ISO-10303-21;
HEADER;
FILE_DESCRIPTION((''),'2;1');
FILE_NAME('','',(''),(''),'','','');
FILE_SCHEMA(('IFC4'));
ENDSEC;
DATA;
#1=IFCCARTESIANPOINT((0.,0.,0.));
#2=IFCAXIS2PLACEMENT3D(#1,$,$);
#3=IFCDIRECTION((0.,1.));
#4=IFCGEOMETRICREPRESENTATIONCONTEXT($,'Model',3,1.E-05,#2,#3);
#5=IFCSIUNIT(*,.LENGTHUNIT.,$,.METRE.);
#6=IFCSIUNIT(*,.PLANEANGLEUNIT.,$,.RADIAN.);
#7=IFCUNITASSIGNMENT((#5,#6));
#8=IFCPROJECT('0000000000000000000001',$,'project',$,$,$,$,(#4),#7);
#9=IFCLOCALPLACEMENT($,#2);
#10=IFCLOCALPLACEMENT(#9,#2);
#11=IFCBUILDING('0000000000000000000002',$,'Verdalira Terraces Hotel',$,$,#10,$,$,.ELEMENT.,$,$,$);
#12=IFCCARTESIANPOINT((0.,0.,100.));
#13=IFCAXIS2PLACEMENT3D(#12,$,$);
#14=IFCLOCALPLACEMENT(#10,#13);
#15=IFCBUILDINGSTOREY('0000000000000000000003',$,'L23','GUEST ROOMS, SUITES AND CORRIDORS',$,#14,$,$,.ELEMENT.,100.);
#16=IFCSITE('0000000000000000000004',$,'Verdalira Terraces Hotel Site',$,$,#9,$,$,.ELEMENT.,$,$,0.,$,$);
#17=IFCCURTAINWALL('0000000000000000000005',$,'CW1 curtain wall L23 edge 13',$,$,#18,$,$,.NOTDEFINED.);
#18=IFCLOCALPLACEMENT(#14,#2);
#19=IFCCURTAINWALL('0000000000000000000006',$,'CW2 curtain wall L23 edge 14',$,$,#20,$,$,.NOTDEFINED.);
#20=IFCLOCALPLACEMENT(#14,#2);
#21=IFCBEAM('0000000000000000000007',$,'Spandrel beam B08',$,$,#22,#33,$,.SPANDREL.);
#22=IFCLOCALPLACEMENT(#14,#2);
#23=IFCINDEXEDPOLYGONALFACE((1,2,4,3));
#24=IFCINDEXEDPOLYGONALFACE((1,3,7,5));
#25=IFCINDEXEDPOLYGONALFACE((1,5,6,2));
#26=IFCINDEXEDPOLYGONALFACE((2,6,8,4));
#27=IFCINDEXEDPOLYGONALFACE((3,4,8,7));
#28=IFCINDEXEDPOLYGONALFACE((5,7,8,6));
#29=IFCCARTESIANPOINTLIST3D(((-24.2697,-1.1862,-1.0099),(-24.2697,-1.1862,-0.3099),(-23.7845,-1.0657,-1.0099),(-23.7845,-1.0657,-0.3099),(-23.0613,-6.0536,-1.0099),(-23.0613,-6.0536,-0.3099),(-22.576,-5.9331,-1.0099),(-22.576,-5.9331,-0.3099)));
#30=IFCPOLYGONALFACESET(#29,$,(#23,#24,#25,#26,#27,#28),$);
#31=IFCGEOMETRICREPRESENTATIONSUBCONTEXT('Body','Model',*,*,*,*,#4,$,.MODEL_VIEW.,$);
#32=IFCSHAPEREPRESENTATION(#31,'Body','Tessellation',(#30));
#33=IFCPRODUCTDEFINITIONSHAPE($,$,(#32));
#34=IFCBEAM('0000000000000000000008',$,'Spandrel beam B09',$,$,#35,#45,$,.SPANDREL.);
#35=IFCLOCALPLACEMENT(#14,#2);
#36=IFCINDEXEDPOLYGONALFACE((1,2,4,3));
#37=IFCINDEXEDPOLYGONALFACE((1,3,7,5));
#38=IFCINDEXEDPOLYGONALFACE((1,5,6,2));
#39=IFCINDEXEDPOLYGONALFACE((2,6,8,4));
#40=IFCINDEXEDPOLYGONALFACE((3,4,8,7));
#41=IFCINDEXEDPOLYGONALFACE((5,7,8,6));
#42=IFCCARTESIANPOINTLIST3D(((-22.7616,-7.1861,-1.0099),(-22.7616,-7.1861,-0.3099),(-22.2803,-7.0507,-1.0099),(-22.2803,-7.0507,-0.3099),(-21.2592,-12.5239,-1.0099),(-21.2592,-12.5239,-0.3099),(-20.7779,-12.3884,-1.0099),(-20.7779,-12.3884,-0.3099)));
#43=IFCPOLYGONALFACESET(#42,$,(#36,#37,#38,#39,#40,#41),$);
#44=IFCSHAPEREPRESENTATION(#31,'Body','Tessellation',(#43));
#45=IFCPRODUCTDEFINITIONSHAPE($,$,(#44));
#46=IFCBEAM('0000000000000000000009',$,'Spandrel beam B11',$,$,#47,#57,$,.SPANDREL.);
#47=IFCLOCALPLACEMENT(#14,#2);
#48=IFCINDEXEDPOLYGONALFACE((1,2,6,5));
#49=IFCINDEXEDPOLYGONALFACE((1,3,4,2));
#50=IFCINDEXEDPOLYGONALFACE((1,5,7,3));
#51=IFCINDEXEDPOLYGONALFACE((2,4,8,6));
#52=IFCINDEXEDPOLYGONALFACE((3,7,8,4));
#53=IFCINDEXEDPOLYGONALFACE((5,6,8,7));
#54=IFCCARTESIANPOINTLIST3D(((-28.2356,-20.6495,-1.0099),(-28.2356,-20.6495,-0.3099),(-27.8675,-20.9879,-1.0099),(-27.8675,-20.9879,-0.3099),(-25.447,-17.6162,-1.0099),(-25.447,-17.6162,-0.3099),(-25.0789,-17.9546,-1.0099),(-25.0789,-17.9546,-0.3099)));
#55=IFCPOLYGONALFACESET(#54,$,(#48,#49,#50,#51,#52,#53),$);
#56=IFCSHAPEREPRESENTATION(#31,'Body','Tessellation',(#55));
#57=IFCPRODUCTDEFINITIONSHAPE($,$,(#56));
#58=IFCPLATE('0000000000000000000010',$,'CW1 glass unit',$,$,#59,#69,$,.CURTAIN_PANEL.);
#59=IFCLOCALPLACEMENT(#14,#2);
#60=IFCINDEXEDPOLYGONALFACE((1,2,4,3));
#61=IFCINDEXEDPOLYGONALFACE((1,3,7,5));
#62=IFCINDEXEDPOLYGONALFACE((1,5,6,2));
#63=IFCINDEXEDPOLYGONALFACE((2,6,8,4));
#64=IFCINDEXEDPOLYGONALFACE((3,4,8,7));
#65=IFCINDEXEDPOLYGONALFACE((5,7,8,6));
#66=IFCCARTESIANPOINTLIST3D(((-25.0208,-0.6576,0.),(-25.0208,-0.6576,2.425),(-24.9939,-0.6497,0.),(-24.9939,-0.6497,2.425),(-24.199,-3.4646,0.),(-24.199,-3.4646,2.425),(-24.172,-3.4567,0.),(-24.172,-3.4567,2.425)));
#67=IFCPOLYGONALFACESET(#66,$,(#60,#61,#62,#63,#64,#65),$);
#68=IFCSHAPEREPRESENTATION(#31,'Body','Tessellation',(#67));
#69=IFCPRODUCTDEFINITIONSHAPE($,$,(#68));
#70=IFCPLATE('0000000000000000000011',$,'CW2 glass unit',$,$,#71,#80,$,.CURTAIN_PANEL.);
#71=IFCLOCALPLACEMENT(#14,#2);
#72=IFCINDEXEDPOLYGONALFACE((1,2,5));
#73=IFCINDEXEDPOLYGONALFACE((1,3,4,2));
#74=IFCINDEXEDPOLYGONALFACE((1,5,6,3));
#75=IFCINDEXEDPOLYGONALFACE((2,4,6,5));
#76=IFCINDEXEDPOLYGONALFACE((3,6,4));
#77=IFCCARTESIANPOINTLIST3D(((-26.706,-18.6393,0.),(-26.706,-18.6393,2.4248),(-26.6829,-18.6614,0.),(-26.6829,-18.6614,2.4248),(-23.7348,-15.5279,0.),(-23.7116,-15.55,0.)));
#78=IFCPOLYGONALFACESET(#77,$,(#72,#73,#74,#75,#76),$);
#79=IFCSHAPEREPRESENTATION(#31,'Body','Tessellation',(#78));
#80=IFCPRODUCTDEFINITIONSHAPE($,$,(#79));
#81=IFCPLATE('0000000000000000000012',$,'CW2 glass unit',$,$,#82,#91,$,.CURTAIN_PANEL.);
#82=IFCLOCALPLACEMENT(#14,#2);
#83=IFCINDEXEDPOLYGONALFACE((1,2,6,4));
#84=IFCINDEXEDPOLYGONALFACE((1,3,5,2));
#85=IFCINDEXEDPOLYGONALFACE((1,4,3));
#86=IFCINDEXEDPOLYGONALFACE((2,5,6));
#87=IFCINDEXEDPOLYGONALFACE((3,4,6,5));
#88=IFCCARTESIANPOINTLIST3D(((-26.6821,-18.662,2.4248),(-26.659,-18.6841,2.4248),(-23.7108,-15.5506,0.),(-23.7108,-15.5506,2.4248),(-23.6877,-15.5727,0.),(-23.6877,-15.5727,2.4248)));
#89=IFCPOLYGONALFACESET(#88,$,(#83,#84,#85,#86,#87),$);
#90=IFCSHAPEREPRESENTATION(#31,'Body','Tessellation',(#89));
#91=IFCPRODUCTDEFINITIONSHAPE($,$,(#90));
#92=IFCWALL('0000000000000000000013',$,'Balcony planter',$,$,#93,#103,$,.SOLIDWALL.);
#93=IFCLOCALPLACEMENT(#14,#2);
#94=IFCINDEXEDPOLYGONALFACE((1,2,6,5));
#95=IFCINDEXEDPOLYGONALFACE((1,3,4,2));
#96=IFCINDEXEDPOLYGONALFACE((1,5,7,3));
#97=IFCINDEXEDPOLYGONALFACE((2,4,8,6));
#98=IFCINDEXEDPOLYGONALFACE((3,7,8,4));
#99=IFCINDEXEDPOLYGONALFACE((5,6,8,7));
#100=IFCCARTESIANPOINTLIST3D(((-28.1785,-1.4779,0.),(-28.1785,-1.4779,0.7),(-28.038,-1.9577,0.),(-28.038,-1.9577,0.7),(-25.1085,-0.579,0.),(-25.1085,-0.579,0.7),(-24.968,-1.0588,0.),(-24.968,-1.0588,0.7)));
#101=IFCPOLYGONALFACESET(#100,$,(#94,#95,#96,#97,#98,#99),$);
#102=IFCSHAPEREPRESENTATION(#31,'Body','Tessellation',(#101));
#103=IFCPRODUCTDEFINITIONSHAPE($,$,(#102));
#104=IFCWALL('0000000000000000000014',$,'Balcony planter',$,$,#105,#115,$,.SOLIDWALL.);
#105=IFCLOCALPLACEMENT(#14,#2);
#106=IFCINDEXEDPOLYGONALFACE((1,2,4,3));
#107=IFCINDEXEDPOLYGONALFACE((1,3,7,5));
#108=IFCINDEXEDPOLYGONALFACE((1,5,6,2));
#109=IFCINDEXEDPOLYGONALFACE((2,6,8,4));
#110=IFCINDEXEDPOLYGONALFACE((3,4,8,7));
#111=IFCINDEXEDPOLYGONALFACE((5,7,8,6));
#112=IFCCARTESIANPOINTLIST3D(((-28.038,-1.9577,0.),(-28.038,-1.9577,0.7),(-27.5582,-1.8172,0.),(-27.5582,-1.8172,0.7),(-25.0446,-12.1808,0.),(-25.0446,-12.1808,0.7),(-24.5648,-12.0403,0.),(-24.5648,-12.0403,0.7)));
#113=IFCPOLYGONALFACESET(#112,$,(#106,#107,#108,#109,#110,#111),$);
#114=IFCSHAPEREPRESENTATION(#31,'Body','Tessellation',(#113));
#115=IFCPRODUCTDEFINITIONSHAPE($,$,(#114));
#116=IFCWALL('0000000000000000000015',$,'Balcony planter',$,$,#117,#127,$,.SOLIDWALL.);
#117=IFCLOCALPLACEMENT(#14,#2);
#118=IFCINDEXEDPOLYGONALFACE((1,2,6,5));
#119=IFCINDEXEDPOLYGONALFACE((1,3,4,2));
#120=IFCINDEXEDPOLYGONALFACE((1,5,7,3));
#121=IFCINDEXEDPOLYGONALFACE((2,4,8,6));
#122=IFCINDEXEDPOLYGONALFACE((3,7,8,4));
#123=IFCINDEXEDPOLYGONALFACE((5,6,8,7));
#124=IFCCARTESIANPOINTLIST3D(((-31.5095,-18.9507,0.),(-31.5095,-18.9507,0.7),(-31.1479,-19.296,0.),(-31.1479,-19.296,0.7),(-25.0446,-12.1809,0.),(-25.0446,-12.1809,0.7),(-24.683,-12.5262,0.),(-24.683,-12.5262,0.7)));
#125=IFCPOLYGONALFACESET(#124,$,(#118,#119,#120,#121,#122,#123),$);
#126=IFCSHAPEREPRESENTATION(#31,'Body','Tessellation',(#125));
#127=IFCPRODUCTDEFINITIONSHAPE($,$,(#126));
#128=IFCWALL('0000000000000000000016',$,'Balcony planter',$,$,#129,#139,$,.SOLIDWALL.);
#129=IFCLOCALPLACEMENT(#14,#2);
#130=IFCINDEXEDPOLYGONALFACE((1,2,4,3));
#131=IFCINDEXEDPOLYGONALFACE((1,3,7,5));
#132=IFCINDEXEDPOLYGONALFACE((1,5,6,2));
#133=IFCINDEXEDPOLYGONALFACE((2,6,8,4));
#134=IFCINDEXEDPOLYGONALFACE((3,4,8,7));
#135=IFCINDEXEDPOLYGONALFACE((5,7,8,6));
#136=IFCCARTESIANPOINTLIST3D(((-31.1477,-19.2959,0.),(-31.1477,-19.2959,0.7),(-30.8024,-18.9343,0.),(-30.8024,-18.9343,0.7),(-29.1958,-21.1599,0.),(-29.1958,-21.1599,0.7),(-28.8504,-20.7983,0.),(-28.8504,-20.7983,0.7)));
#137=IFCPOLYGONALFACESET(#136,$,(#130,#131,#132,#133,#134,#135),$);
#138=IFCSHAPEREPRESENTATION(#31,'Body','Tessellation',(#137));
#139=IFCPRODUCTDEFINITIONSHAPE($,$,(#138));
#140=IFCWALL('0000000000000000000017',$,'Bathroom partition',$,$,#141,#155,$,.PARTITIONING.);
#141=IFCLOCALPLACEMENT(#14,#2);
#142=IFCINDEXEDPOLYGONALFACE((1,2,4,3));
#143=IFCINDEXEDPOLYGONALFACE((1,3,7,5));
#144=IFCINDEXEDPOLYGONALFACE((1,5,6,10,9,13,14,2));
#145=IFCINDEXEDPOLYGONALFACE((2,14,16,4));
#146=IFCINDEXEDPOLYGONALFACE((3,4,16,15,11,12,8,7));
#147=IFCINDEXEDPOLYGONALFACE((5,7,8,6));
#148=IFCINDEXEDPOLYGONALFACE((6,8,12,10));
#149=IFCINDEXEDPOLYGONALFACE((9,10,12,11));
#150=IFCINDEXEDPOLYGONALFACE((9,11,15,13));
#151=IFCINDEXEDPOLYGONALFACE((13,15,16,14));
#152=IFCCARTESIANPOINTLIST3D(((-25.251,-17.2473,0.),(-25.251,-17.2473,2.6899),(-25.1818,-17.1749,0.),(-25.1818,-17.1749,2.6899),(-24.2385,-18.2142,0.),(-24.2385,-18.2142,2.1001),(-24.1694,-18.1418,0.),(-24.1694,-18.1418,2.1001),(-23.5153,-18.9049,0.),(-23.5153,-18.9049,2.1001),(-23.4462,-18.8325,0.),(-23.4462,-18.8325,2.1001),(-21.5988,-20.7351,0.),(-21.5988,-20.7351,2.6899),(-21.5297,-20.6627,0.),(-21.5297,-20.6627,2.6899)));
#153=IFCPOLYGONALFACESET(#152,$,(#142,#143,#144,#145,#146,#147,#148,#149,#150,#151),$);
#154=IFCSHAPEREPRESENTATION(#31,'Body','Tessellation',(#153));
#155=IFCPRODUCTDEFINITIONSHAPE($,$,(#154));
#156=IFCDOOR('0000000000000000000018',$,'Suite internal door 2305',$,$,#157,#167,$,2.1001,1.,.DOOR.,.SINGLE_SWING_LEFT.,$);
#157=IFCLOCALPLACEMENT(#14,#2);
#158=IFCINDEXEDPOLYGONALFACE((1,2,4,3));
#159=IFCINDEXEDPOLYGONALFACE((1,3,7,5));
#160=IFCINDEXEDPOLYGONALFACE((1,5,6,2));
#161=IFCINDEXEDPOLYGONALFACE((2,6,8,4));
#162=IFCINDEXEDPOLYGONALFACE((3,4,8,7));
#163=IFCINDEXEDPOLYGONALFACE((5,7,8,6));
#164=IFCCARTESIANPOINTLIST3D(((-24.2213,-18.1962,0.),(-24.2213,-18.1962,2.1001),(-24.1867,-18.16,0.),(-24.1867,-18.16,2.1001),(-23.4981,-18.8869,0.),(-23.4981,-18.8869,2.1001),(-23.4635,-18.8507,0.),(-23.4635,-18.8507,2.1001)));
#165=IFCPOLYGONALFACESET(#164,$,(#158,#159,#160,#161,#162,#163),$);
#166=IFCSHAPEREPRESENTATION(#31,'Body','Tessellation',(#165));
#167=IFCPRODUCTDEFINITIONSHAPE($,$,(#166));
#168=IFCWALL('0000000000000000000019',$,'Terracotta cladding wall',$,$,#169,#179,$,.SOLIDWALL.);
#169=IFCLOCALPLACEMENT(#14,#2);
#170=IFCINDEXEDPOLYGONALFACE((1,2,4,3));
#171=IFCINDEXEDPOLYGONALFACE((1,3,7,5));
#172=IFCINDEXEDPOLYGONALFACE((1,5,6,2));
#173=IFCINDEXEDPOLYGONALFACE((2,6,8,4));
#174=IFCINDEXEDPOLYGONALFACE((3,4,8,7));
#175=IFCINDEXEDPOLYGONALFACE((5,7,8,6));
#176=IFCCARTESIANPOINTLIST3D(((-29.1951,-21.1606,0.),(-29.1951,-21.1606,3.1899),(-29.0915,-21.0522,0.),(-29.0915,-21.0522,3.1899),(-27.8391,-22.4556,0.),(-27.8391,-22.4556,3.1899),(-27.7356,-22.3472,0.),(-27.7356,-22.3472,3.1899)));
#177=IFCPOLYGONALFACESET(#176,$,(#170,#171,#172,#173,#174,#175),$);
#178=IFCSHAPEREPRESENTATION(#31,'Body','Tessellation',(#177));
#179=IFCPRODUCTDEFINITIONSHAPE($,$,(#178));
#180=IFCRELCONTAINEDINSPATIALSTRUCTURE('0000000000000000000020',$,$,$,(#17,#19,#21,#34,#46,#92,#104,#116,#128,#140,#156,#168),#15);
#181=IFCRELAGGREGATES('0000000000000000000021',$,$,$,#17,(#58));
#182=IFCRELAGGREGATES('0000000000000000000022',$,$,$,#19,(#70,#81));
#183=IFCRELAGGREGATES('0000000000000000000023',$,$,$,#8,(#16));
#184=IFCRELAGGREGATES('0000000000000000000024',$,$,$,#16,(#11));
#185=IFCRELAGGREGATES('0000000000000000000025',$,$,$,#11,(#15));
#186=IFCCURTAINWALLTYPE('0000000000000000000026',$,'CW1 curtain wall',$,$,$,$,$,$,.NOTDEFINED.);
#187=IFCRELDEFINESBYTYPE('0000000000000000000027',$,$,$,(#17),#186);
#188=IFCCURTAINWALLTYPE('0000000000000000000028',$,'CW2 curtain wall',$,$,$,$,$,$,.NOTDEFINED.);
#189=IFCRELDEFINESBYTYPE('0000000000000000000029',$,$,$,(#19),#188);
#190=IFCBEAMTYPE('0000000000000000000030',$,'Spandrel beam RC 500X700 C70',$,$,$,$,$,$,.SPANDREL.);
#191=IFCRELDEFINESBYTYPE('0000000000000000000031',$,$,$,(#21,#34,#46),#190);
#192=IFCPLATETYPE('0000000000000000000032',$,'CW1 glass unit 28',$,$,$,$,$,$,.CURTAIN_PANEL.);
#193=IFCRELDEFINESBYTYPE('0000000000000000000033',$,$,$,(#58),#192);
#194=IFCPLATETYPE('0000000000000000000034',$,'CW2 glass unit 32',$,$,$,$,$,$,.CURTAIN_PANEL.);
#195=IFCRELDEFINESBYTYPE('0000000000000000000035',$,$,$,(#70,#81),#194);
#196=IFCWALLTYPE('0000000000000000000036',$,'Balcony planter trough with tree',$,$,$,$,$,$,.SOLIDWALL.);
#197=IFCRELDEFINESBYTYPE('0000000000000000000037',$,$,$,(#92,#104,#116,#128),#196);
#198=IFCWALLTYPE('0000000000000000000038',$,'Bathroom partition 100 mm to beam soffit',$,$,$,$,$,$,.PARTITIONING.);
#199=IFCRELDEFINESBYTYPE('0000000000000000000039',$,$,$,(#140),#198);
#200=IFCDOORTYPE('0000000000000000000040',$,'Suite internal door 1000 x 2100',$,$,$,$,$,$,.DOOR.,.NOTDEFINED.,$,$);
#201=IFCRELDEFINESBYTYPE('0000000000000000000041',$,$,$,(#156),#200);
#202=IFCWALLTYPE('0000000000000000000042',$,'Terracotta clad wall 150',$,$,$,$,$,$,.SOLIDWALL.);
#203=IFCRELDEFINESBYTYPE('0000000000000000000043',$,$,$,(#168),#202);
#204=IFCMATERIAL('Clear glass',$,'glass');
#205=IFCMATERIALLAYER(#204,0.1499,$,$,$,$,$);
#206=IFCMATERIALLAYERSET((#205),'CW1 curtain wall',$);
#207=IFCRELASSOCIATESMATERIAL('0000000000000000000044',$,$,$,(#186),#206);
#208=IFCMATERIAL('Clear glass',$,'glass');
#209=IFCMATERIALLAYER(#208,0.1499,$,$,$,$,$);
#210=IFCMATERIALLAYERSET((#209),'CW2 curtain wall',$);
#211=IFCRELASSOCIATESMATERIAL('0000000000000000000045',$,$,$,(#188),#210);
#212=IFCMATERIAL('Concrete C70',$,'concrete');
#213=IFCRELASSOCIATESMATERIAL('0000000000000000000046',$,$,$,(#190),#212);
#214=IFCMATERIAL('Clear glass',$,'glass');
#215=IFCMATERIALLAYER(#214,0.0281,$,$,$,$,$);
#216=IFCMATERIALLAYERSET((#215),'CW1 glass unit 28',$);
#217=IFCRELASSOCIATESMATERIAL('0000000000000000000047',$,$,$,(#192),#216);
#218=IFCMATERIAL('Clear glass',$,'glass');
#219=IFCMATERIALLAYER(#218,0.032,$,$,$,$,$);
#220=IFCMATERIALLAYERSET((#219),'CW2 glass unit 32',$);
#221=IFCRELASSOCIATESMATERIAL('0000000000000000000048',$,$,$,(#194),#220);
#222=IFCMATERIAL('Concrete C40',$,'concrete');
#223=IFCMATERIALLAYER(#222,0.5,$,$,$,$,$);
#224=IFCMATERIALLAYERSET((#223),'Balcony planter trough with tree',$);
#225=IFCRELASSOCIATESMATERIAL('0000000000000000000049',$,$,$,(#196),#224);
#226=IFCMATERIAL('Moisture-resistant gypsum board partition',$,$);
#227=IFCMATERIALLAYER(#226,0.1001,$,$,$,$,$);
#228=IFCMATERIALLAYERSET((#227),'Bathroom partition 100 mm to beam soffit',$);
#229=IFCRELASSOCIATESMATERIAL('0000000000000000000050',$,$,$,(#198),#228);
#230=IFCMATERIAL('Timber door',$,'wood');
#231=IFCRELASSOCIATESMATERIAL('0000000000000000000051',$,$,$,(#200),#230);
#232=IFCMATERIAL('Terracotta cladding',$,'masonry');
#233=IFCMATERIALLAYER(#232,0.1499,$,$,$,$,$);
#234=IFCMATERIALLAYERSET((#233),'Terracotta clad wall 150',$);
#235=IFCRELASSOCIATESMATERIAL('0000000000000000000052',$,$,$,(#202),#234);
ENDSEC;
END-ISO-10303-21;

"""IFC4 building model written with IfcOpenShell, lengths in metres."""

from ifc_helpers import new_model, si_unit, direction, frame, frame_2d, origin, origin_2d, place, context, subcontext, project, spatial, polyline, rectangle, outline, extrude, material, layer, layer_set, material_profile, profile_set, type_object, element, fill, aggregate, save


model = new_model("IFC4")

# Units and contexts
model_context = context("Model", 3, precision=1e-05, world=origin(), true_north=direction((0.0, 1.0)))
body_context = subcontext(model_context, "Body", "Model", "MODEL_VIEW")
ifc_project = project(units=[si_unit("LENGTHUNIT", "METRE"), si_unit("PLANEANGLEUNIT", "RADIAN")], contexts=[model_context])

# Site, building, storey
site_placement = place(None, origin())
site = spatial("IfcSite", under=ifc_project, at=site_placement, Name="Verdalira Terraces Hotel Site", CompositionType="ELEMENT", RefElevation=0.0)
building_placement = place(site_placement, origin())
building = spatial("IfcBuilding", under=site, at=building_placement, Name="Verdalira Terraces Hotel", CompositionType="ELEMENT")
storey_placement = place(building_placement, frame((0.0, 0.0, 100.0)))
storey = spatial("IfcBuildingStorey", under=building, at=storey_placement, Name="L23", Description="GUEST ROOMS, SUITES AND CORRIDORS", CompositionType="ELEMENT", Elevation=100.0)

# Curtain wall
ifc_material_1 = material(Name="Clear glass", Category="glass")
ifc_layer_1 = layer(ifc_material_1, 0.1499)
ifc_layer_set_1 = layer_set([ifc_layer_1], Name="CW1 curtain wall")
curtain_wall_type_1 = type_object("IfcCurtainWallType", Name="CW1 curtain wall", PredefinedType="NOTDEFINED", material=ifc_layer_set_1)
curtain_wall_1_placement = place(storey_placement, origin())
curtain_wall_1 = element("IfcCurtainWall", 1, at=curtain_wall_1_placement, inside=storey, type_object=curtain_wall_type_1, Name="CW1 curtain wall L23 edge 13", PredefinedType="NOTDEFINED")

# Curtain wall
ifc_material_2 = material(Name="Clear glass", Category="glass")
ifc_layer_2 = layer(ifc_material_2, 0.1499)
ifc_layer_set_2 = layer_set([ifc_layer_2], Name="CW2 curtain wall")
curtain_wall_type_2 = type_object("IfcCurtainWallType", Name="CW2 curtain wall", PredefinedType="NOTDEFINED", material=ifc_layer_set_2)
curtain_wall_2_placement = place(storey_placement, origin())
curtain_wall_2 = element("IfcCurtainWall", 2, at=curtain_wall_2_placement, inside=storey, type_object=curtain_wall_type_2, Name="CW2 curtain wall L23 edge 14", PredefinedType="NOTDEFINED")

# Beams
ifc_material_3 = material(Name="Concrete C70", Category="concrete")
ifc_material_profile_1 = material_profile(ifc_material_3, rectangle(XDim=0.5, YDim=0.7, at=origin_2d()), Name="RC 500X700")
ifc_profile_set_1 = profile_set([ifc_material_profile_1], Name="Concrete C70")
beam_type_1 = type_object("IfcBeamType", Name="Spandrel beam RC 500X700 C70", PredefinedType="SPANDREL", material=ifc_profile_set_1)
beam_1_placement = place(storey_placement, frame((-24.0271, -1.126, -0.6599), z_axis=(0.240966, -0.970534, 0.0), x_axis=(0.970534, 0.240966, 0.0)))
element("IfcBeam", 3, at=beam_1_placement, inside=storey, type_object=beam_type_1, Name="Spandrel beam B08", PredefinedType="SPANDREL", context=body_context, shape_type="SweptSolid", body=[
    extrude(rectangle(XDim=0.5, YDim=0.7, at=origin_2d()), origin(), (0.0, 0.0, 1.0), 5.0151),
])
beam_2_placement = place(storey_placement, frame((-22.521, -7.1184, -0.6599), z_axis=(0.270951, -0.962593, 0.0), x_axis=(0.962593, 0.270951, 0.0)))
element("IfcBeam", 4, at=beam_2_placement, inside=storey, type_object=beam_type_1, Name="Spandrel beam B09", PredefinedType="SPANDREL", context=body_context, shape_type="SweptSolid", body=[
    extrude(rectangle(XDim=0.5, YDim=0.7, at=origin_2d()), origin(), (0.0, 0.0, 1.0), 5.5452),
])
beam_3_placement = place(storey_placement, frame((-25.2629, -17.7854, -0.6599), z_axis=(-0.676797, -0.73617, 0.0), x_axis=(0.73617, -0.676797, 0.0)))
element("IfcBeam", 5, at=beam_3_placement, inside=storey, type_object=beam_type_1, Name="Spandrel beam B11", PredefinedType="SPANDREL", context=body_context, shape_type="SweptSolid", body=[
    extrude(rectangle(XDim=0.5, YDim=0.7, at=origin_2d()), origin(), (0.0, 0.0, 1.0), 4.1204),
])

# Plates
ifc_material_4 = material(Name="Clear glass", Category="glass")
ifc_layer_3 = layer(ifc_material_4, 0.0281)
ifc_layer_set_3 = layer_set([ifc_layer_3], Name="CW1 glass unit 28")
plate_type_1 = type_object("IfcPlateType", Name="CW1 glass unit 28", PredefinedType="CURTAIN_PANEL", material=ifc_layer_set_3)
plate_1_placement = place(storey_placement, frame((-24.5964, -2.0571, 0.0), z_axis=(0.0, 0.0, 1.0), x_axis=(0.281002, -0.959707, 0.0)))
plate_1 = element("IfcPlate", 6, at=plate_1_placement, type_object=plate_type_1, Name="CW1 glass unit", PredefinedType="CURTAIN_PANEL", context=body_context, shape_type="SweptSolid", body=[
    extrude(rectangle(XDim=2.9248, YDim=0.0281, at=origin_2d()), origin(), (0.0, 0.0, 1.0), 2.425),
])
aggregate(curtain_wall_1, [plate_1])
ifc_material_5 = material(Name="Clear glass", Category="glass")
ifc_layer_4 = layer(ifc_material_5, 0.032)
ifc_layer_set_4 = layer_set([ifc_layer_4], Name="CW2 glass unit 32")
plate_type_2 = type_object("IfcPlateType", Name="CW2 glass unit 32", PredefinedType="CURTAIN_PANEL", material=ifc_layer_set_4)
plate_2_placement = place(storey_placement, frame((-25.1973, -17.1057, 1.2124), z_axis=(-0.723208, 0.69063, 0.0), x_axis=(-0.69063, -0.723208, 0.0)))
plate_2 = element("IfcPlate", 7, at=plate_2_placement, type_object=plate_type_2, Name="CW2 glass unit", PredefinedType="CURTAIN_PANEL", context=body_context, shape_type="SweptSolid", body=[
    extrude(outline(polyline([(-2.1511, -1.2124), (2.1511, -1.2124), (2.1511, 1.2124), (-2.1511, -1.2124)])), origin(), (0.0, 0.0, 1.0), 0.032),
])
plate_3_placement = place(storey_placement, frame((-25.1733, -17.1284, 1.2124), z_axis=(-0.723208, 0.69063, 0.0), x_axis=(-0.69063, -0.723208, 0.0)))
plate_3 = element("IfcPlate", 8, at=plate_3_placement, type_object=plate_type_2, Name="CW2 glass unit", PredefinedType="CURTAIN_PANEL", context=body_context, shape_type="SweptSolid", body=[
    extrude(outline(polyline([(-2.1511, -1.2124), (2.1511, 1.2124), (-2.1511, 1.2124), (-2.1511, -1.2124)])), origin(), (0.0, 0.0, 1.0), 0.032),
])
aggregate(curtain_wall_2, [plate_2, plate_3])

# Walls
ifc_material_6 = material(Name="Concrete C40", Category="concrete")
ifc_layer_5 = layer(ifc_material_6, 0.5)
ifc_layer_set_5 = layer_set([ifc_layer_5], Name="Balcony planter trough with tree")
wall_type_1 = type_object("IfcWallType", Name="Balcony planter trough with tree", PredefinedType="SOLIDWALL", material=ifc_layer_set_5)
wall_1_placement = place(storey_placement, frame((-25.0381, -0.8188, 0.0), z_axis=(0.0, 0.0, 1.0), x_axis=(-0.959706, -0.281005, 0.0)))
element("IfcWall", 9, at=wall_1_placement, inside=storey, type_object=wall_type_1, Name="Balcony planter", PredefinedType="SOLIDWALL", context=body_context, shape_type="SweptSolid", body=[
    extrude(rectangle(XDim=3.199, YDim=0.5, at=frame_2d((1.5996, 0.0))), origin(), (0.0, 0.0, 1.0), 0.7),
])
wall_2_placement = place(storey_placement, frame((-27.7981, -1.8875, 0.0), z_axis=(0.0, 0.0, 1.0), x_axis=(0.281008, -0.959705, 0.0)))
element("IfcWall", 10, at=wall_2_placement, inside=storey, type_object=wall_type_1, Name="Balcony planter", PredefinedType="SOLIDWALL", context=body_context, shape_type="SweptSolid", body=[
    extrude(rectangle(XDim=10.6523, YDim=0.5, at=frame_2d((5.3262, 0.0))), origin(), (0.0, 0.0, 1.0), 0.7),
])
wall_3_placement = place(storey_placement, frame((-24.8638, -12.3535, 0.0), z_axis=(0.0, 0.0, 1.0), x_axis=(-0.690631, -0.723207, 0.0)))
element("IfcWall", 11, at=wall_3_placement, inside=storey, type_object=wall_type_1, Name="Balcony planter", PredefinedType="SOLIDWALL", context=body_context, shape_type="SweptSolid", body=[
    extrude(rectangle(XDim=9.3608, YDim=0.5, at=frame_2d((4.6804, 0.0))), origin(), (0.0, 0.0, 1.0), 0.7),
])
wall_4_placement = place(storey_placement, frame((-30.9751, -19.115, 0.0), z_axis=(0.0, 0.0, 1.0), x_axis=(0.723202, -0.690637, 0.0)))
element("IfcWall", 12, at=wall_4_placement, inside=storey, type_object=wall_type_1, Name="Balcony planter", PredefinedType="SOLIDWALL", context=body_context, shape_type="SweptSolid", body=[
    extrude(rectangle(XDim=2.699, YDim=0.5, at=frame_2d((1.3496, 0.0))), origin(), (0.0, 0.0, 1.0), 0.7),
])

# Wall, opening, door
ifc_material_7 = material(Name="Moisture-resistant gypsum board partition")
ifc_layer_6 = layer(ifc_material_7, 0.1001)
ifc_layer_set_6 = layer_set([ifc_layer_6], Name="Bathroom partition 100 mm to beam soffit")
wall_type_2 = type_object("IfcWallType", Name="Bathroom partition 100 mm to beam soffit", PredefinedType="PARTITIONING", material=ifc_layer_set_6)
wall_5_placement = place(storey_placement, frame((-25.2163, -17.2112, 0.0), z_axis=(0.0, 0.0, 1.0), x_axis=(0.723188, -0.690652, 0.0)))
wall_5 = element("IfcWall", 13, at=wall_5_placement, inside=storey, type_object=wall_type_2, Name="Bathroom partition", PredefinedType="PARTITIONING", context=body_context, shape_type="SweptSolid", body=[
    extrude(rectangle(XDim=5.05, YDim=0.1001, at=frame_2d((2.5249, 0.0))), origin(), (0.0, 0.0, 1.0), 2.6899),
])
opening_1_placement = place(wall_5_placement, frame((1.3999, 0.0, 0.0)))
opening_1 = element("IfcOpeningElement", 14, at=opening_1_placement, cuts=wall_5, PredefinedType="OPENING", context=body_context, shape_type="SweptSolid", body=[
    extrude(rectangle(XDim=1.0, YDim=2.1001, at=frame_2d((0.5, 1.05))), frame((0.0, 0.0601, 0.0), z_axis=(0.0, -1.0, 0.0), x_axis=(1.0, 0.0, 0.0)), (0.0, 0.0, 1.0), 0.1201),
])
ifc_material_8 = material(Name="Timber door", Category="wood")
door_type_1 = type_object("IfcDoorType", Name="Suite internal door 1000 x 2100", OperationType="NOTDEFINED", PredefinedType="DOOR", material=ifc_material_8)
door_1_placement = place(opening_1_placement, origin())
door_1 = element("IfcDoor", 15, at=door_1_placement, inside=storey, type_object=door_type_1, Name="Suite internal door 2305", OperationType="SINGLE_SWING_LEFT", OverallHeight=2.1001, OverallWidth=1.0, PredefinedType="DOOR", context=body_context, shape_type="SweptSolid", body=[
    extrude(rectangle(XDim=1.0, YDim=2.1001, at=frame_2d((0.5, 1.05))), frame((0.0, 0.0249, 0.0), z_axis=(0.0, -1.0, 0.0), x_axis=(1.0, 0.0, 0.0)), (0.0, 0.0, 1.0), 0.05),
])
fill(opening_1, door_1)

# Wall
ifc_material_9 = material(Name="Terracotta cladding", Category="masonry")
ifc_layer_7 = layer(ifc_material_9, 0.1499)
ifc_layer_set_7 = layer_set([ifc_layer_7], Name="Terracotta clad wall 150")
wall_type_3 = type_object("IfcWallType", Name="Terracotta clad wall 150", PredefinedType="SOLIDWALL", material=ifc_layer_set_7)
wall_6_placement = place(storey_placement, frame((-29.1433, -21.1064, 0.0), z_axis=(0.0, 0.0, 1.0), x_axis=(0.723196, -0.690643, 0.0)))
element("IfcWall", 16, at=wall_6_placement, inside=storey, type_object=wall_type_3, Name="Terracotta cladding wall", PredefinedType="SOLIDWALL", context=body_context, shape_type="SweptSolid", body=[
    extrude(rectangle(XDim=1.875, YDim=0.1499, at=frame_2d((0.9375, 0.0))), origin(), (0.0, 0.0, 1.0), 3.1899),
])

save(model, "model.ifc")
